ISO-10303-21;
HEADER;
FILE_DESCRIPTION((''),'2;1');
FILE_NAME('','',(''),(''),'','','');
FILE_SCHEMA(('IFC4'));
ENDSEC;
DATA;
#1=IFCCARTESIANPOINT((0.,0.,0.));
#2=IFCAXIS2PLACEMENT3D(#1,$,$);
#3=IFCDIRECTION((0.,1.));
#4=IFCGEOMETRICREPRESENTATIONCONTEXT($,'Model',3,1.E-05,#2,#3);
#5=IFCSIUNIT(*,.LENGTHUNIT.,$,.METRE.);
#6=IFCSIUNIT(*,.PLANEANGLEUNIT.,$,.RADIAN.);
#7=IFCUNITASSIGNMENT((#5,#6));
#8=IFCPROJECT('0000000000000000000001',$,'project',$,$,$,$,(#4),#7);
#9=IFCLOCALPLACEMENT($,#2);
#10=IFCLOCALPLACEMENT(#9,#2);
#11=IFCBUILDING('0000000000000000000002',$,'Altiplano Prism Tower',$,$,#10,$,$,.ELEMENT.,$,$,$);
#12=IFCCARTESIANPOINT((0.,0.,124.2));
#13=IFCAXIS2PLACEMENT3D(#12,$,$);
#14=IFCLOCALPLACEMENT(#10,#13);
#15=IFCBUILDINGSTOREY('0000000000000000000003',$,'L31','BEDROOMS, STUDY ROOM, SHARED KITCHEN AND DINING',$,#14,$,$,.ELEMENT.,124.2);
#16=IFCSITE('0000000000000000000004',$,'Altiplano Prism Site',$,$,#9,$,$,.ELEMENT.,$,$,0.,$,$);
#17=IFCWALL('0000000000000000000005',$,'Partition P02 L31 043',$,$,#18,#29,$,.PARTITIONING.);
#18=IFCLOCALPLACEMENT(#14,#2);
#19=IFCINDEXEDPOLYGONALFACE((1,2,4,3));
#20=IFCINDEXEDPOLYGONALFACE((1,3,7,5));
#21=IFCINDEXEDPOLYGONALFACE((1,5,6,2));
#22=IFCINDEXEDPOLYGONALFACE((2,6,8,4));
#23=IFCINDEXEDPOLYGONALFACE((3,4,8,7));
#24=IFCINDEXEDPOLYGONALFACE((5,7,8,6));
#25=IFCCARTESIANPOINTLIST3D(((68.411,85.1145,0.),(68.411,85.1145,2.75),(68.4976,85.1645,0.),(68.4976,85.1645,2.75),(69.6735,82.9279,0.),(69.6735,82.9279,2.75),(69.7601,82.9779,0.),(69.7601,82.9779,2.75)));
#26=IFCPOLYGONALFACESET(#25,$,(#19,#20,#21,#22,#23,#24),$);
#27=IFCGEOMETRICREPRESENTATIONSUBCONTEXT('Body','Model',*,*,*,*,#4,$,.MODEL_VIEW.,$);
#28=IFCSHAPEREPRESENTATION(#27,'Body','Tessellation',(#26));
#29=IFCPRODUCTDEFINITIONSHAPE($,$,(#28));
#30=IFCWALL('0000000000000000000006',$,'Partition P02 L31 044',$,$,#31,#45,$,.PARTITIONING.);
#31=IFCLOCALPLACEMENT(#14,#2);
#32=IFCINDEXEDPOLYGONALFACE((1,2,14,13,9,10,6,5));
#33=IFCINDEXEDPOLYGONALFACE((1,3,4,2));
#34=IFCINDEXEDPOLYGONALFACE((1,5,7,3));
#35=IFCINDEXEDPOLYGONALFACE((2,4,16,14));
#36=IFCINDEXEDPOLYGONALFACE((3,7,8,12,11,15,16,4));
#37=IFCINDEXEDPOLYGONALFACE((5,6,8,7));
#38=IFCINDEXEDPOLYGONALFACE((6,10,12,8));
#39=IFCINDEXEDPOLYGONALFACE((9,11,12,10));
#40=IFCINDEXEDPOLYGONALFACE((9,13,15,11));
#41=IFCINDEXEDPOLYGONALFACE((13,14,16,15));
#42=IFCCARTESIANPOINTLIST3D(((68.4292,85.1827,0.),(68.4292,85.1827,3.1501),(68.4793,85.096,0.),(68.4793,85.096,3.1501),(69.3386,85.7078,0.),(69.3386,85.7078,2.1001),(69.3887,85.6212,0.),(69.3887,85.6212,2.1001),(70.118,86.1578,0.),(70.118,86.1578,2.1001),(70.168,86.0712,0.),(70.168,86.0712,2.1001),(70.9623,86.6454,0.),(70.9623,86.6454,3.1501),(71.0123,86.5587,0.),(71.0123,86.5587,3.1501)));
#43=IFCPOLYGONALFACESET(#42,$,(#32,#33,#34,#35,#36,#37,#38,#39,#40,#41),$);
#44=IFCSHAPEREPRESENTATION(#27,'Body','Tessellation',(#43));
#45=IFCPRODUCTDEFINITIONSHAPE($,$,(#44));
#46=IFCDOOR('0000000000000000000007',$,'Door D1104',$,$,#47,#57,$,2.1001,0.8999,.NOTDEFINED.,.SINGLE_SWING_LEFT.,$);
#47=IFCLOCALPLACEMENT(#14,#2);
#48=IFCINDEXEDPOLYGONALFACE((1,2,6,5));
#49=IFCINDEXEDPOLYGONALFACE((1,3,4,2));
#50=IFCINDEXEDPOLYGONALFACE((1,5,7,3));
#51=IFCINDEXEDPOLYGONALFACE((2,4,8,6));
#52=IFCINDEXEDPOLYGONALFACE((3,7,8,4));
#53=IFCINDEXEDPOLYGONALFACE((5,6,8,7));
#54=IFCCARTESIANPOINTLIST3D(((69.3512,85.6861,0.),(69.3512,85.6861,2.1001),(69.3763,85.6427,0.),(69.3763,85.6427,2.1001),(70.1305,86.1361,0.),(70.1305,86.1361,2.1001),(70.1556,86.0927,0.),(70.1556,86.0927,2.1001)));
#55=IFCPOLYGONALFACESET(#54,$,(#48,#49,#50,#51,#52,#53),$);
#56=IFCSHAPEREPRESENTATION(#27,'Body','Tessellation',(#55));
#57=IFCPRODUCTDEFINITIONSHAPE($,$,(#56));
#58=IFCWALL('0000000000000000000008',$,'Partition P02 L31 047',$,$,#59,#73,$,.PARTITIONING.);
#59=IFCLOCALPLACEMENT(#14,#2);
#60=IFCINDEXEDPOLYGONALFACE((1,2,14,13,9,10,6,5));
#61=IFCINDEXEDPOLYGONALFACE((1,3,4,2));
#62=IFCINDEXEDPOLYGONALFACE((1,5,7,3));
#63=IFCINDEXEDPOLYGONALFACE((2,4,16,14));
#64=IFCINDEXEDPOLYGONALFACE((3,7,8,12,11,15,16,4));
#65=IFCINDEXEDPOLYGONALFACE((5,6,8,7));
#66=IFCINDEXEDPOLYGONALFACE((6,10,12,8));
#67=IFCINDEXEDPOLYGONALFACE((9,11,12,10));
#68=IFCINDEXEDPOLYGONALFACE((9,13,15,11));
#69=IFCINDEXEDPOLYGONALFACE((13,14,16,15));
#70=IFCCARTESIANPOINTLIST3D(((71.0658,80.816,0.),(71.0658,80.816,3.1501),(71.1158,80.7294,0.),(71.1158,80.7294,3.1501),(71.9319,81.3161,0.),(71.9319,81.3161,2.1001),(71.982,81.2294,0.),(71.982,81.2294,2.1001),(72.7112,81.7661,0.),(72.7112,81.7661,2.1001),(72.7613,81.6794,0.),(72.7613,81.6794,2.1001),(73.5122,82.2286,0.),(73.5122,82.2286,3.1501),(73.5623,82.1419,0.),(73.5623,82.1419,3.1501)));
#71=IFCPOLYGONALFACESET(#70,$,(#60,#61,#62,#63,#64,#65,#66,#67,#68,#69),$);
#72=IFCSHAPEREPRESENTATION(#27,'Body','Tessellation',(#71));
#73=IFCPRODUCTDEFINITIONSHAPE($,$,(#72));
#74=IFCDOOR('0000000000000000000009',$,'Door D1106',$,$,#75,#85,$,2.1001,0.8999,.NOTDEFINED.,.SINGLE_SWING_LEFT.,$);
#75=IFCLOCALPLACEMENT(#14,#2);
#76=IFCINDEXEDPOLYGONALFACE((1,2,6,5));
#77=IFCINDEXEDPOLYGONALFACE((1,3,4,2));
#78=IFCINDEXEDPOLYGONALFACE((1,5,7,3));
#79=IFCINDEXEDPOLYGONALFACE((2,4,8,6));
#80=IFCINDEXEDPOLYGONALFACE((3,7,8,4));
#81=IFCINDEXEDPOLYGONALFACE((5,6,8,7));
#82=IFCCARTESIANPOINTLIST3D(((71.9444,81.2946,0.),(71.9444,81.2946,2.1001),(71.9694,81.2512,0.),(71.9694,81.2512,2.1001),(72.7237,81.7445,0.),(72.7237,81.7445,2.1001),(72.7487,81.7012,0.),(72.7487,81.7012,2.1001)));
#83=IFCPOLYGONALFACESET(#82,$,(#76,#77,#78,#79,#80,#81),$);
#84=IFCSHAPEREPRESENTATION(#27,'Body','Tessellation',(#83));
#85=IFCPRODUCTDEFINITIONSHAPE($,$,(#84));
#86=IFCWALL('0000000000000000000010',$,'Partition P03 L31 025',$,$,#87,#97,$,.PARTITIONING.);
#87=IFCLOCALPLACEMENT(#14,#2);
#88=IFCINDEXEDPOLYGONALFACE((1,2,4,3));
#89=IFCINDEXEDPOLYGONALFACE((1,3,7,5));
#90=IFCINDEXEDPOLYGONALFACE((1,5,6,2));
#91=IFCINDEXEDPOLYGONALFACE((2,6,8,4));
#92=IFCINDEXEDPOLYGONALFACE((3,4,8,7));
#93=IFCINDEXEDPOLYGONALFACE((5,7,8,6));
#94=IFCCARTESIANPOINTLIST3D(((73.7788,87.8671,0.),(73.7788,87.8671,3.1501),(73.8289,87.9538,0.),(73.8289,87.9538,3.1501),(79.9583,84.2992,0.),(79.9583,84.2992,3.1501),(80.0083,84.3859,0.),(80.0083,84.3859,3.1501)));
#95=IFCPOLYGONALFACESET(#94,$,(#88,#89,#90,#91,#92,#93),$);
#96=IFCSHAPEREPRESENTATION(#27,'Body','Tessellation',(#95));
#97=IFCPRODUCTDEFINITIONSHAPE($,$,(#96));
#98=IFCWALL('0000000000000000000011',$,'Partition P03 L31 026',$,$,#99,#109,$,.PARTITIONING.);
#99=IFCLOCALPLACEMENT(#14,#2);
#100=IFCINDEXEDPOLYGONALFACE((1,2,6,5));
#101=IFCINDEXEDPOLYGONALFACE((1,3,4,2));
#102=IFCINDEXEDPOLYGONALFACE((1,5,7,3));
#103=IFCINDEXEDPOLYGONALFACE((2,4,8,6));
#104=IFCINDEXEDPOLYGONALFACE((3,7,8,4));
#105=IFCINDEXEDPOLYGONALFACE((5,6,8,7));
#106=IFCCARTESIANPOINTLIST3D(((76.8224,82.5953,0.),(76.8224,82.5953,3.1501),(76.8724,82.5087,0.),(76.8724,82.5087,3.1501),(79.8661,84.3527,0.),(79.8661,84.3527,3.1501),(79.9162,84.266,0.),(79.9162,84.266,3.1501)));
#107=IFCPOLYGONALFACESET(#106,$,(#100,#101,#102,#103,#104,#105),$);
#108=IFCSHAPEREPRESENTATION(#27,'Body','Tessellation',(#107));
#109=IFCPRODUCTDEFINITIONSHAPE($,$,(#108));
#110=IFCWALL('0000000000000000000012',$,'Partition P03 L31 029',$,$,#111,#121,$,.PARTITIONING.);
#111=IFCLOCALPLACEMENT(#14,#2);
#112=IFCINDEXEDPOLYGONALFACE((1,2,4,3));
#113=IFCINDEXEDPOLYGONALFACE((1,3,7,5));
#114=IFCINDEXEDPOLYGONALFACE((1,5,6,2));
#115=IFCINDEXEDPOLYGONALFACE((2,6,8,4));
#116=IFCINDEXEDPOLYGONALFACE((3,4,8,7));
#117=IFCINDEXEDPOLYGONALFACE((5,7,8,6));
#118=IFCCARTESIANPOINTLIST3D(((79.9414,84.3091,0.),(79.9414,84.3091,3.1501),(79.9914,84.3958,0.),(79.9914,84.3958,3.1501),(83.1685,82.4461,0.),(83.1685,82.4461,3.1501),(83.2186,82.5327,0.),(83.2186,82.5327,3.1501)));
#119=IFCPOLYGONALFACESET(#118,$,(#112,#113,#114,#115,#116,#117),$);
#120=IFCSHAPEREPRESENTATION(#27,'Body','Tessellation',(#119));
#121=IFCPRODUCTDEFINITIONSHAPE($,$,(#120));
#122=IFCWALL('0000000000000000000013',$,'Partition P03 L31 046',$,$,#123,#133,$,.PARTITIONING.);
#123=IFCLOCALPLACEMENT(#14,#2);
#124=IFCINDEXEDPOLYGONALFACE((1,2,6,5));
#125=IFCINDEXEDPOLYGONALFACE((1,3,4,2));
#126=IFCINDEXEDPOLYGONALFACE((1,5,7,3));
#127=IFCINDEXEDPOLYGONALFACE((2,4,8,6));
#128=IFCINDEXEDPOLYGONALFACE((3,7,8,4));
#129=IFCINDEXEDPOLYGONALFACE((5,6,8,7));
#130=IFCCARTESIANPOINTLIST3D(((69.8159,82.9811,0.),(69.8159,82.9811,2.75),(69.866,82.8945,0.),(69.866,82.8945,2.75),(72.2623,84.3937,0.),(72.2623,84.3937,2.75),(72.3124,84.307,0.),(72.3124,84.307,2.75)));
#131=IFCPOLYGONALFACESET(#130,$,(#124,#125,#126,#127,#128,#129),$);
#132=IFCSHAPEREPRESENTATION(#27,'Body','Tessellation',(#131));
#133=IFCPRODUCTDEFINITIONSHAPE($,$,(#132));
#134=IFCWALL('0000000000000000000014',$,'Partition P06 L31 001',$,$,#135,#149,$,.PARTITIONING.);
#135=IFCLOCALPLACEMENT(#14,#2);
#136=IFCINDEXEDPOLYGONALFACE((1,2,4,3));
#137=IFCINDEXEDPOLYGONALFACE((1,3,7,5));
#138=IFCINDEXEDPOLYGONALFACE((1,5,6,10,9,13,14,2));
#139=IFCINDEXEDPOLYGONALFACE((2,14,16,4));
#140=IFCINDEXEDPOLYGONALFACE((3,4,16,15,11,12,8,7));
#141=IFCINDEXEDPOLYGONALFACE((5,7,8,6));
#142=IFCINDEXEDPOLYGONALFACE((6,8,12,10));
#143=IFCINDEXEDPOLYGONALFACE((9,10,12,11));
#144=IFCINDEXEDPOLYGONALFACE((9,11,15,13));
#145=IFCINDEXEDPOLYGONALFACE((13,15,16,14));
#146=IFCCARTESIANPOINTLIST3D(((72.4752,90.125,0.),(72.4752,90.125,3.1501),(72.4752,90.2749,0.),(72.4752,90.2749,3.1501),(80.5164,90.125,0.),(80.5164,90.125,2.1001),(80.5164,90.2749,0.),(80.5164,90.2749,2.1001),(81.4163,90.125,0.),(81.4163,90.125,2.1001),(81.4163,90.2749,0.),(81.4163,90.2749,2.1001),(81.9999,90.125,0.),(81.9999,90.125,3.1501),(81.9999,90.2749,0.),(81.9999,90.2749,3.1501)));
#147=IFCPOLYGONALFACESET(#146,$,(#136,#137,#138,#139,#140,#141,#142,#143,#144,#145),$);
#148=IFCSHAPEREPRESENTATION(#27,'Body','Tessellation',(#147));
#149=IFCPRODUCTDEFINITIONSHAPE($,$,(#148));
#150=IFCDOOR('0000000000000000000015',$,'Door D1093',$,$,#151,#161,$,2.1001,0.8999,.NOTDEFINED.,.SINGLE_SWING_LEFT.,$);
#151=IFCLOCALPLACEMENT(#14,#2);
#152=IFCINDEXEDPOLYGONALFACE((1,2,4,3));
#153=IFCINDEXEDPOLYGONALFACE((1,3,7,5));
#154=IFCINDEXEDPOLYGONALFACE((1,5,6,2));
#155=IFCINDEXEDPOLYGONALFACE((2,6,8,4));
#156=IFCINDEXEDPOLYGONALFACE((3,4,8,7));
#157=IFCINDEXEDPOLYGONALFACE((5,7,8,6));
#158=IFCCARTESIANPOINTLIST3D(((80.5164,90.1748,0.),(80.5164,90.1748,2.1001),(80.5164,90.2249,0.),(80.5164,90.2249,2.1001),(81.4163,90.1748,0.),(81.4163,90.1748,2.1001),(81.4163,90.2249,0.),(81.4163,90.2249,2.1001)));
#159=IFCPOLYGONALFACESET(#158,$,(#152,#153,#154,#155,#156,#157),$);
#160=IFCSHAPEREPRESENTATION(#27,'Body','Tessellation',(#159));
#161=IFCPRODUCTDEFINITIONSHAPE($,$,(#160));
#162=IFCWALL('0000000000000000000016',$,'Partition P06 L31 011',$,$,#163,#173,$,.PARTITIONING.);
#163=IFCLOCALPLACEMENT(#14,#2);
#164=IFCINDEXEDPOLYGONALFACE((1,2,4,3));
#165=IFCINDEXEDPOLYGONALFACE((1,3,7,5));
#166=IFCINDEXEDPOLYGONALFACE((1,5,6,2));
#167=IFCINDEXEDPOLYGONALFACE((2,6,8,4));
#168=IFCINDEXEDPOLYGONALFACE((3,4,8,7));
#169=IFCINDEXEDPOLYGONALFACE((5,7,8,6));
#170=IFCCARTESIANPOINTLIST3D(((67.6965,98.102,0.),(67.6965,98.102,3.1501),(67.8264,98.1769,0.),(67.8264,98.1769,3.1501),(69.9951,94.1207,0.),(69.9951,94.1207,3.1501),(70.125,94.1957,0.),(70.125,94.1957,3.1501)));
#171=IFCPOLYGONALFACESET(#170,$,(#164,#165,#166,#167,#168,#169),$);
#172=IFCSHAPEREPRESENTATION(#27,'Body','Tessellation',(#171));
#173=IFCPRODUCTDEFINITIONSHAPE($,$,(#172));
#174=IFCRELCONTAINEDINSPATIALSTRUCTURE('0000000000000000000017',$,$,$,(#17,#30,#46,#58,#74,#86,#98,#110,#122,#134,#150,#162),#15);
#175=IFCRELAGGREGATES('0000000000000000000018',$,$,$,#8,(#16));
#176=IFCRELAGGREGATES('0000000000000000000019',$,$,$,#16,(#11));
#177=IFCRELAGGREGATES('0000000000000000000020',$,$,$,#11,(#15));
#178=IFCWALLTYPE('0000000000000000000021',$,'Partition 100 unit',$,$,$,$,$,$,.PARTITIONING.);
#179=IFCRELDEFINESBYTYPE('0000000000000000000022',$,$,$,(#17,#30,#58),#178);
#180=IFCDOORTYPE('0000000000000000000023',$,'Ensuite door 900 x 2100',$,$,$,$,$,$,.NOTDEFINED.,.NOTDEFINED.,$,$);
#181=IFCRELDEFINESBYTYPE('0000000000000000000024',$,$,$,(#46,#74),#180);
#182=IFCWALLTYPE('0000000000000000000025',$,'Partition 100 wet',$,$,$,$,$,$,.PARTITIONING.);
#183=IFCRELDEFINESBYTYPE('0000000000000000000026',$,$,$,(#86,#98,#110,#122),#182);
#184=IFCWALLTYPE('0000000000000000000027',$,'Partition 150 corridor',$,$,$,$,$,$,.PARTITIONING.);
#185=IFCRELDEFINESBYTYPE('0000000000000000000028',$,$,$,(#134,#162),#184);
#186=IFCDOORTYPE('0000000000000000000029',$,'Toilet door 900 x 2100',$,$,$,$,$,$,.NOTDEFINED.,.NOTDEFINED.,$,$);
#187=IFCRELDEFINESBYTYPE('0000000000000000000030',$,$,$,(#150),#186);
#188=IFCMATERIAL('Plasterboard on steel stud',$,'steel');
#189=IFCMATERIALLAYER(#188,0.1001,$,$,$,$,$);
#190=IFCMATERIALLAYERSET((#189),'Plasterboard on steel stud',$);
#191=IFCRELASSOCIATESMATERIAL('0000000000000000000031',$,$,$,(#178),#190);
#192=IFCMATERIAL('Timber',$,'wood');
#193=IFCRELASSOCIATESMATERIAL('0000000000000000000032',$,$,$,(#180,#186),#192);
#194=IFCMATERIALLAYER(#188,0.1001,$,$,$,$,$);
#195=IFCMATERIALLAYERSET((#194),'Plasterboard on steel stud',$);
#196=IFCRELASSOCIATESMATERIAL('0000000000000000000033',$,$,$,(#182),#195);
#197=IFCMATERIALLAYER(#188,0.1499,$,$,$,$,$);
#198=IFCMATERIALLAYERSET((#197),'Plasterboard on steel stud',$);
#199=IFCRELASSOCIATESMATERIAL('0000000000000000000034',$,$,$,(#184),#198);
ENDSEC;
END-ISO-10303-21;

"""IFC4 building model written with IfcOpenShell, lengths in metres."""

from ifc_helpers import new_model, si_unit, direction, frame, frame_2d, origin, place, context, subcontext, project, spatial, rectangle, extrude, material, layer, layer_set, type_object, element, fill, save


model = new_model("IFC4")

# Units and contexts
model_context = context("Model", 3, precision=1e-05, world=origin(), true_north=direction((0.0, 1.0)))
body_context = subcontext(model_context, "Body", "Model", "MODEL_VIEW")
ifc_project = project(units=[si_unit("LENGTHUNIT", "METRE"), si_unit("PLANEANGLEUNIT", "RADIAN")], contexts=[model_context])

# Site, building, storey
site_placement = place(None, origin())
site = spatial("IfcSite", under=ifc_project, at=site_placement, Name="Altiplano Prism Site", CompositionType="ELEMENT", RefElevation=0.0)
building_placement = place(site_placement, origin())
building = spatial("IfcBuilding", under=site, at=building_placement, Name="Altiplano Prism Tower", CompositionType="ELEMENT")
storey_placement = place(building_placement, frame((0.0, 0.0, 124.2)))
storey = spatial("IfcBuildingStorey", under=building, at=storey_placement, Name="L31", Description="BEDROOMS, STUDY ROOM, SHARED KITCHEN AND DINING", CompositionType="ELEMENT", Elevation=124.2)

# Shared definitions
ifc_material_1 = material(Name="Plasterboard on steel stud", Category="steel")
ifc_layer_1 = layer(ifc_material_1, 0.1001)
ifc_layer_set_1 = layer_set([ifc_layer_1], Name="Plasterboard on steel stud")
wall_type_1 = type_object("IfcWallType", Name="Partition 100 unit", PredefinedType="PARTITIONING", material=ifc_layer_set_1)
ifc_material_2 = material(Name="Timber", Category="wood")
door_type_1 = type_object("IfcDoorType", Name="Ensuite door 900 x 2100", OperationType="NOTDEFINED", PredefinedType="NOTDEFINED", material=ifc_material_2)

# Wall
wall_1_placement = place(storey_placement, frame((69.7168, 82.9529, 0.0), z_axis=(0.0, 0.0, 1.0), x_axis=(-0.500018, 0.866015, 0.0)))
element("IfcWall", 1, at=wall_1_placement, inside=storey, type_object=wall_type_1, Name="Partition P02 L31 043", PredefinedType="PARTITIONING", context=body_context, shape_type="SweptSolid", body=[
    extrude(rectangle(XDim=2.5249, YDim=0.1001, at=frame_2d((1.2625, 0.0))), origin(), (0.0, 0.0, 1.0), 2.75),
])

# Walls, openings, doors
wall_2_placement = place(storey_placement, frame((68.4543, 85.1394, 0.0), z_axis=(0.0, 0.0, 1.0), x_axis=(0.86599, 0.500062, 0.0)))
wall_2 = element("IfcWall", 2, at=wall_2_placement, inside=storey, type_object=wall_type_1, Name="Partition P02 L31 044", PredefinedType="PARTITIONING", context=body_context, shape_type="SweptSolid", body=[
    extrude(rectangle(XDim=2.925, YDim=0.1001, at=frame_2d((1.4624, 0.0))), origin(), (0.0, 0.0, 1.0), 3.1501),
])
opening_1_placement = place(wall_2_placement, frame((1.05, 0.0, 0.0)))
opening_1 = element("IfcOpeningElement", 3, at=opening_1_placement, cuts=wall_2, PredefinedType="OPENING", context=body_context, shape_type="SweptSolid", body=[
    extrude(rectangle(XDim=0.8999, YDim=2.1001, at=frame_2d((0.45, 1.05))), frame((0.0, 0.0605, 0.0), z_axis=(0.0, -1.0, 0.0), x_axis=(1.0, 0.0, 0.0)), (0.0, 0.0, 1.0), 0.1211),
])
door_1_placement = place(opening_1_placement, origin())
door_1 = element("IfcDoor", 4, at=door_1_placement, inside=storey, type_object=door_type_1, Name="Door D1104", OperationType="SINGLE_SWING_LEFT", OverallHeight=2.1001, OverallWidth=0.8999, PredefinedType="NOTDEFINED", context=body_context, shape_type="SweptSolid", body=[
    extrude(rectangle(XDim=0.8999, YDim=2.1001, at=frame_2d((0.45, 1.05))), frame((0.0, 0.0249, 0.0), z_axis=(0.0, -1.0, 0.0), x_axis=(1.0, 0.0, 0.0)), (0.0, 0.0, 1.0), 0.05),
])
fill(opening_1, door_1)
wall_3_placement = place(storey_placement, frame((73.5374, 82.1853, 0.0), z_axis=(0.0, 0.0, 1.0), x_axis=(-0.866011, -0.500024, 0.0)))
wall_3 = element("IfcWall", 5, at=wall_3_placement, inside=storey, type_object=wall_type_1, Name="Partition P02 L31 047", PredefinedType="PARTITIONING", context=body_context, shape_type="SweptSolid", body=[
    extrude(rectangle(XDim=2.825, YDim=0.1001, at=frame_2d((1.4126, 0.0))), origin(), (0.0, 0.0, 1.0), 3.1501),
])
opening_2_placement = place(wall_3_placement, frame((0.925, 0.0, 0.0)))
opening_2 = element("IfcOpeningElement", 6, at=opening_2_placement, cuts=wall_3, PredefinedType="OPENING", context=body_context, shape_type="SweptSolid", body=[
    extrude(rectangle(XDim=0.8999, YDim=2.1001, at=frame_2d((0.45, 1.05))), frame((0.0, 0.0605, 0.0), z_axis=(0.0, -1.0, 0.0), x_axis=(1.0, 0.0, 0.0)), (0.0, 0.0, 1.0), 0.1211),
])
door_2_placement = place(opening_2_placement, origin())
door_2 = element("IfcDoor", 7, at=door_2_placement, inside=storey, type_object=door_type_1, Name="Door D1106", OperationType="SINGLE_SWING_LEFT", OverallHeight=2.1001, OverallWidth=0.8999, PredefinedType="NOTDEFINED", context=body_context, shape_type="SweptSolid", body=[
    extrude(rectangle(XDim=0.8999, YDim=2.1001, at=frame_2d((0.45, 1.05))), frame((0.0, 0.0249, 0.0), z_axis=(0.0, -1.0, 0.0), x_axis=(1.0, 0.0, 0.0)), (0.0, 0.0, 1.0), 0.05),
])
fill(opening_2, door_2)

# Walls
ifc_layer_2 = layer(ifc_material_1, 0.1001)
ifc_layer_set_2 = layer_set([ifc_layer_2], Name="Plasterboard on steel stud")
wall_type_2 = type_object("IfcWallType", Name="Partition 100 wet", PredefinedType="PARTITIONING", material=ifc_layer_set_2)
wall_4_placement = place(storey_placement, frame((79.9834, 84.3425, 0.0), z_axis=(0.0, 0.0, 1.0), x_axis=(-0.866015, 0.500018, 0.0)))
element("IfcWall", 8, at=wall_4_placement, inside=storey, type_object=wall_type_2, Name="Partition P03 L31 025", PredefinedType="PARTITIONING", context=body_context, shape_type="SweptSolid", body=[
    extrude(rectangle(XDim=7.1355, YDim=0.1001, at=frame_2d((3.5679, 0.0))), origin(), (0.0, 0.0, 1.0), 3.1501),
])
wall_5_placement = place(storey_placement, frame((76.8474, 82.552, 0.0), z_axis=(0.0, 0.0, 1.0), x_axis=(0.86602, 0.500009, 0.0)))
element("IfcWall", 9, at=wall_5_placement, inside=storey, type_object=wall_type_2, Name="Partition P03 L31 026", PredefinedType="PARTITIONING", context=body_context, shape_type="SweptSolid", body=[
    extrude(rectangle(XDim=3.5146, YDim=0.1001, at=frame_2d((1.7573, 0.0))), origin(), (0.0, 0.0, 1.0), 3.1501),
])
wall_6_placement = place(storey_placement, frame((79.9663, 84.3525, 0.0), z_axis=(0.0, 0.0, 1.0), x_axis=(0.866037, -0.49998, 0.0)))
element("IfcWall", 10, at=wall_6_placement, inside=storey, type_object=wall_type_2, Name="Partition P03 L31 029", PredefinedType="PARTITIONING", context=body_context, shape_type="SweptSolid", body=[
    extrude(rectangle(XDim=3.7263, YDim=0.1001, at=frame_2d((1.8633, 0.0))), origin(), (0.0, 0.0, 1.0), 3.1501),
])
wall_7_placement = place(storey_placement, frame((69.8408, 82.9377, 0.0), z_axis=(0.0, 0.0, 1.0), x_axis=(0.866011, 0.500024, 0.0)))
element("IfcWall", 11, at=wall_7_placement, inside=storey, type_object=wall_type_2, Name="Partition P03 L31 046", PredefinedType="PARTITIONING", context=body_context, shape_type="SweptSolid", body=[
    extrude(rectangle(XDim=2.825, YDim=0.1001, at=frame_2d((1.4126, 0.0))), origin(), (0.0, 0.0, 1.0), 2.75),
])

# Wall, opening, door
ifc_layer_3 = layer(ifc_material_1, 0.1499)
ifc_layer_set_3 = layer_set([ifc_layer_3], Name="Plasterboard on steel stud")
wall_type_3 = type_object("IfcWallType", Name="Partition 150 corridor", PredefinedType="PARTITIONING", material=ifc_layer_set_3)
wall_8_placement = place(storey_placement, frame((72.4753, 90.2, 0.0), z_axis=(0.0, 0.0, 1.0), x_axis=(1.0, 0.0, 0.0)))
wall_8 = element("IfcWall", 12, at=wall_8_placement, inside=storey, type_object=wall_type_3, Name="Partition P06 L31 001", PredefinedType="PARTITIONING", context=body_context, shape_type="SweptSolid", body=[
    extrude(rectangle(XDim=9.5247, YDim=0.1499, at=frame_2d((4.7622, 0.0))), origin(), (0.0, 0.0, 1.0), 3.1501),
])
opening_3_placement = place(wall_8_placement, frame((8.041, 0.0, 0.0)))
opening_3 = element("IfcOpeningElement", 13, at=opening_3_placement, cuts=wall_8, PredefinedType="OPENING", context=body_context, shape_type="SweptSolid", body=[
    extrude(rectangle(XDim=0.8999, YDim=2.1001, at=frame_2d((0.45, 1.05))), frame((0.0, 0.0854, 0.0), z_axis=(0.0, -1.0, 0.0), x_axis=(1.0, 0.0, 0.0)), (0.0, 0.0, 1.0), 0.1709),
])
door_type_2 = type_object("IfcDoorType", Name="Toilet door 900 x 2100", OperationType="NOTDEFINED", PredefinedType="NOTDEFINED", material=ifc_material_2)
door_3_placement = place(opening_3_placement, origin())
door_3 = element("IfcDoor", 14, at=door_3_placement, inside=storey, type_object=door_type_2, Name="Door D1093", OperationType="SINGLE_SWING_LEFT", OverallHeight=2.1001, OverallWidth=0.8999, PredefinedType="NOTDEFINED", context=body_context, shape_type="SweptSolid", body=[
    extrude(rectangle(XDim=0.8999, YDim=2.1001, at=frame_2d((0.45, 1.05))), frame((0.0, 0.0249, 0.0), z_axis=(0.0, -1.0, 0.0), x_axis=(1.0, 0.0, 0.0)), (0.0, 0.0, 1.0), 0.05),
])
fill(opening_3, door_3)

# Wall
wall_9_placement = place(storey_placement, frame((70.0601, 94.1582, 0.0), z_axis=(0.0, 0.0, 1.0), x_axis=(-0.500006, 0.866022, 0.0)))
element("IfcWall", 15, at=wall_9_placement, inside=storey, type_object=wall_type_3, Name="Partition P06 L31 011", PredefinedType="PARTITIONING", context=body_context, shape_type="SweptSolid", body=[
    extrude(rectangle(XDim=4.5972, YDim=0.1499, at=frame_2d((2.2986, 0.0))), origin(), (0.0, 0.0, 1.0), 3.1501),
])

save(model, "model.ifc")
